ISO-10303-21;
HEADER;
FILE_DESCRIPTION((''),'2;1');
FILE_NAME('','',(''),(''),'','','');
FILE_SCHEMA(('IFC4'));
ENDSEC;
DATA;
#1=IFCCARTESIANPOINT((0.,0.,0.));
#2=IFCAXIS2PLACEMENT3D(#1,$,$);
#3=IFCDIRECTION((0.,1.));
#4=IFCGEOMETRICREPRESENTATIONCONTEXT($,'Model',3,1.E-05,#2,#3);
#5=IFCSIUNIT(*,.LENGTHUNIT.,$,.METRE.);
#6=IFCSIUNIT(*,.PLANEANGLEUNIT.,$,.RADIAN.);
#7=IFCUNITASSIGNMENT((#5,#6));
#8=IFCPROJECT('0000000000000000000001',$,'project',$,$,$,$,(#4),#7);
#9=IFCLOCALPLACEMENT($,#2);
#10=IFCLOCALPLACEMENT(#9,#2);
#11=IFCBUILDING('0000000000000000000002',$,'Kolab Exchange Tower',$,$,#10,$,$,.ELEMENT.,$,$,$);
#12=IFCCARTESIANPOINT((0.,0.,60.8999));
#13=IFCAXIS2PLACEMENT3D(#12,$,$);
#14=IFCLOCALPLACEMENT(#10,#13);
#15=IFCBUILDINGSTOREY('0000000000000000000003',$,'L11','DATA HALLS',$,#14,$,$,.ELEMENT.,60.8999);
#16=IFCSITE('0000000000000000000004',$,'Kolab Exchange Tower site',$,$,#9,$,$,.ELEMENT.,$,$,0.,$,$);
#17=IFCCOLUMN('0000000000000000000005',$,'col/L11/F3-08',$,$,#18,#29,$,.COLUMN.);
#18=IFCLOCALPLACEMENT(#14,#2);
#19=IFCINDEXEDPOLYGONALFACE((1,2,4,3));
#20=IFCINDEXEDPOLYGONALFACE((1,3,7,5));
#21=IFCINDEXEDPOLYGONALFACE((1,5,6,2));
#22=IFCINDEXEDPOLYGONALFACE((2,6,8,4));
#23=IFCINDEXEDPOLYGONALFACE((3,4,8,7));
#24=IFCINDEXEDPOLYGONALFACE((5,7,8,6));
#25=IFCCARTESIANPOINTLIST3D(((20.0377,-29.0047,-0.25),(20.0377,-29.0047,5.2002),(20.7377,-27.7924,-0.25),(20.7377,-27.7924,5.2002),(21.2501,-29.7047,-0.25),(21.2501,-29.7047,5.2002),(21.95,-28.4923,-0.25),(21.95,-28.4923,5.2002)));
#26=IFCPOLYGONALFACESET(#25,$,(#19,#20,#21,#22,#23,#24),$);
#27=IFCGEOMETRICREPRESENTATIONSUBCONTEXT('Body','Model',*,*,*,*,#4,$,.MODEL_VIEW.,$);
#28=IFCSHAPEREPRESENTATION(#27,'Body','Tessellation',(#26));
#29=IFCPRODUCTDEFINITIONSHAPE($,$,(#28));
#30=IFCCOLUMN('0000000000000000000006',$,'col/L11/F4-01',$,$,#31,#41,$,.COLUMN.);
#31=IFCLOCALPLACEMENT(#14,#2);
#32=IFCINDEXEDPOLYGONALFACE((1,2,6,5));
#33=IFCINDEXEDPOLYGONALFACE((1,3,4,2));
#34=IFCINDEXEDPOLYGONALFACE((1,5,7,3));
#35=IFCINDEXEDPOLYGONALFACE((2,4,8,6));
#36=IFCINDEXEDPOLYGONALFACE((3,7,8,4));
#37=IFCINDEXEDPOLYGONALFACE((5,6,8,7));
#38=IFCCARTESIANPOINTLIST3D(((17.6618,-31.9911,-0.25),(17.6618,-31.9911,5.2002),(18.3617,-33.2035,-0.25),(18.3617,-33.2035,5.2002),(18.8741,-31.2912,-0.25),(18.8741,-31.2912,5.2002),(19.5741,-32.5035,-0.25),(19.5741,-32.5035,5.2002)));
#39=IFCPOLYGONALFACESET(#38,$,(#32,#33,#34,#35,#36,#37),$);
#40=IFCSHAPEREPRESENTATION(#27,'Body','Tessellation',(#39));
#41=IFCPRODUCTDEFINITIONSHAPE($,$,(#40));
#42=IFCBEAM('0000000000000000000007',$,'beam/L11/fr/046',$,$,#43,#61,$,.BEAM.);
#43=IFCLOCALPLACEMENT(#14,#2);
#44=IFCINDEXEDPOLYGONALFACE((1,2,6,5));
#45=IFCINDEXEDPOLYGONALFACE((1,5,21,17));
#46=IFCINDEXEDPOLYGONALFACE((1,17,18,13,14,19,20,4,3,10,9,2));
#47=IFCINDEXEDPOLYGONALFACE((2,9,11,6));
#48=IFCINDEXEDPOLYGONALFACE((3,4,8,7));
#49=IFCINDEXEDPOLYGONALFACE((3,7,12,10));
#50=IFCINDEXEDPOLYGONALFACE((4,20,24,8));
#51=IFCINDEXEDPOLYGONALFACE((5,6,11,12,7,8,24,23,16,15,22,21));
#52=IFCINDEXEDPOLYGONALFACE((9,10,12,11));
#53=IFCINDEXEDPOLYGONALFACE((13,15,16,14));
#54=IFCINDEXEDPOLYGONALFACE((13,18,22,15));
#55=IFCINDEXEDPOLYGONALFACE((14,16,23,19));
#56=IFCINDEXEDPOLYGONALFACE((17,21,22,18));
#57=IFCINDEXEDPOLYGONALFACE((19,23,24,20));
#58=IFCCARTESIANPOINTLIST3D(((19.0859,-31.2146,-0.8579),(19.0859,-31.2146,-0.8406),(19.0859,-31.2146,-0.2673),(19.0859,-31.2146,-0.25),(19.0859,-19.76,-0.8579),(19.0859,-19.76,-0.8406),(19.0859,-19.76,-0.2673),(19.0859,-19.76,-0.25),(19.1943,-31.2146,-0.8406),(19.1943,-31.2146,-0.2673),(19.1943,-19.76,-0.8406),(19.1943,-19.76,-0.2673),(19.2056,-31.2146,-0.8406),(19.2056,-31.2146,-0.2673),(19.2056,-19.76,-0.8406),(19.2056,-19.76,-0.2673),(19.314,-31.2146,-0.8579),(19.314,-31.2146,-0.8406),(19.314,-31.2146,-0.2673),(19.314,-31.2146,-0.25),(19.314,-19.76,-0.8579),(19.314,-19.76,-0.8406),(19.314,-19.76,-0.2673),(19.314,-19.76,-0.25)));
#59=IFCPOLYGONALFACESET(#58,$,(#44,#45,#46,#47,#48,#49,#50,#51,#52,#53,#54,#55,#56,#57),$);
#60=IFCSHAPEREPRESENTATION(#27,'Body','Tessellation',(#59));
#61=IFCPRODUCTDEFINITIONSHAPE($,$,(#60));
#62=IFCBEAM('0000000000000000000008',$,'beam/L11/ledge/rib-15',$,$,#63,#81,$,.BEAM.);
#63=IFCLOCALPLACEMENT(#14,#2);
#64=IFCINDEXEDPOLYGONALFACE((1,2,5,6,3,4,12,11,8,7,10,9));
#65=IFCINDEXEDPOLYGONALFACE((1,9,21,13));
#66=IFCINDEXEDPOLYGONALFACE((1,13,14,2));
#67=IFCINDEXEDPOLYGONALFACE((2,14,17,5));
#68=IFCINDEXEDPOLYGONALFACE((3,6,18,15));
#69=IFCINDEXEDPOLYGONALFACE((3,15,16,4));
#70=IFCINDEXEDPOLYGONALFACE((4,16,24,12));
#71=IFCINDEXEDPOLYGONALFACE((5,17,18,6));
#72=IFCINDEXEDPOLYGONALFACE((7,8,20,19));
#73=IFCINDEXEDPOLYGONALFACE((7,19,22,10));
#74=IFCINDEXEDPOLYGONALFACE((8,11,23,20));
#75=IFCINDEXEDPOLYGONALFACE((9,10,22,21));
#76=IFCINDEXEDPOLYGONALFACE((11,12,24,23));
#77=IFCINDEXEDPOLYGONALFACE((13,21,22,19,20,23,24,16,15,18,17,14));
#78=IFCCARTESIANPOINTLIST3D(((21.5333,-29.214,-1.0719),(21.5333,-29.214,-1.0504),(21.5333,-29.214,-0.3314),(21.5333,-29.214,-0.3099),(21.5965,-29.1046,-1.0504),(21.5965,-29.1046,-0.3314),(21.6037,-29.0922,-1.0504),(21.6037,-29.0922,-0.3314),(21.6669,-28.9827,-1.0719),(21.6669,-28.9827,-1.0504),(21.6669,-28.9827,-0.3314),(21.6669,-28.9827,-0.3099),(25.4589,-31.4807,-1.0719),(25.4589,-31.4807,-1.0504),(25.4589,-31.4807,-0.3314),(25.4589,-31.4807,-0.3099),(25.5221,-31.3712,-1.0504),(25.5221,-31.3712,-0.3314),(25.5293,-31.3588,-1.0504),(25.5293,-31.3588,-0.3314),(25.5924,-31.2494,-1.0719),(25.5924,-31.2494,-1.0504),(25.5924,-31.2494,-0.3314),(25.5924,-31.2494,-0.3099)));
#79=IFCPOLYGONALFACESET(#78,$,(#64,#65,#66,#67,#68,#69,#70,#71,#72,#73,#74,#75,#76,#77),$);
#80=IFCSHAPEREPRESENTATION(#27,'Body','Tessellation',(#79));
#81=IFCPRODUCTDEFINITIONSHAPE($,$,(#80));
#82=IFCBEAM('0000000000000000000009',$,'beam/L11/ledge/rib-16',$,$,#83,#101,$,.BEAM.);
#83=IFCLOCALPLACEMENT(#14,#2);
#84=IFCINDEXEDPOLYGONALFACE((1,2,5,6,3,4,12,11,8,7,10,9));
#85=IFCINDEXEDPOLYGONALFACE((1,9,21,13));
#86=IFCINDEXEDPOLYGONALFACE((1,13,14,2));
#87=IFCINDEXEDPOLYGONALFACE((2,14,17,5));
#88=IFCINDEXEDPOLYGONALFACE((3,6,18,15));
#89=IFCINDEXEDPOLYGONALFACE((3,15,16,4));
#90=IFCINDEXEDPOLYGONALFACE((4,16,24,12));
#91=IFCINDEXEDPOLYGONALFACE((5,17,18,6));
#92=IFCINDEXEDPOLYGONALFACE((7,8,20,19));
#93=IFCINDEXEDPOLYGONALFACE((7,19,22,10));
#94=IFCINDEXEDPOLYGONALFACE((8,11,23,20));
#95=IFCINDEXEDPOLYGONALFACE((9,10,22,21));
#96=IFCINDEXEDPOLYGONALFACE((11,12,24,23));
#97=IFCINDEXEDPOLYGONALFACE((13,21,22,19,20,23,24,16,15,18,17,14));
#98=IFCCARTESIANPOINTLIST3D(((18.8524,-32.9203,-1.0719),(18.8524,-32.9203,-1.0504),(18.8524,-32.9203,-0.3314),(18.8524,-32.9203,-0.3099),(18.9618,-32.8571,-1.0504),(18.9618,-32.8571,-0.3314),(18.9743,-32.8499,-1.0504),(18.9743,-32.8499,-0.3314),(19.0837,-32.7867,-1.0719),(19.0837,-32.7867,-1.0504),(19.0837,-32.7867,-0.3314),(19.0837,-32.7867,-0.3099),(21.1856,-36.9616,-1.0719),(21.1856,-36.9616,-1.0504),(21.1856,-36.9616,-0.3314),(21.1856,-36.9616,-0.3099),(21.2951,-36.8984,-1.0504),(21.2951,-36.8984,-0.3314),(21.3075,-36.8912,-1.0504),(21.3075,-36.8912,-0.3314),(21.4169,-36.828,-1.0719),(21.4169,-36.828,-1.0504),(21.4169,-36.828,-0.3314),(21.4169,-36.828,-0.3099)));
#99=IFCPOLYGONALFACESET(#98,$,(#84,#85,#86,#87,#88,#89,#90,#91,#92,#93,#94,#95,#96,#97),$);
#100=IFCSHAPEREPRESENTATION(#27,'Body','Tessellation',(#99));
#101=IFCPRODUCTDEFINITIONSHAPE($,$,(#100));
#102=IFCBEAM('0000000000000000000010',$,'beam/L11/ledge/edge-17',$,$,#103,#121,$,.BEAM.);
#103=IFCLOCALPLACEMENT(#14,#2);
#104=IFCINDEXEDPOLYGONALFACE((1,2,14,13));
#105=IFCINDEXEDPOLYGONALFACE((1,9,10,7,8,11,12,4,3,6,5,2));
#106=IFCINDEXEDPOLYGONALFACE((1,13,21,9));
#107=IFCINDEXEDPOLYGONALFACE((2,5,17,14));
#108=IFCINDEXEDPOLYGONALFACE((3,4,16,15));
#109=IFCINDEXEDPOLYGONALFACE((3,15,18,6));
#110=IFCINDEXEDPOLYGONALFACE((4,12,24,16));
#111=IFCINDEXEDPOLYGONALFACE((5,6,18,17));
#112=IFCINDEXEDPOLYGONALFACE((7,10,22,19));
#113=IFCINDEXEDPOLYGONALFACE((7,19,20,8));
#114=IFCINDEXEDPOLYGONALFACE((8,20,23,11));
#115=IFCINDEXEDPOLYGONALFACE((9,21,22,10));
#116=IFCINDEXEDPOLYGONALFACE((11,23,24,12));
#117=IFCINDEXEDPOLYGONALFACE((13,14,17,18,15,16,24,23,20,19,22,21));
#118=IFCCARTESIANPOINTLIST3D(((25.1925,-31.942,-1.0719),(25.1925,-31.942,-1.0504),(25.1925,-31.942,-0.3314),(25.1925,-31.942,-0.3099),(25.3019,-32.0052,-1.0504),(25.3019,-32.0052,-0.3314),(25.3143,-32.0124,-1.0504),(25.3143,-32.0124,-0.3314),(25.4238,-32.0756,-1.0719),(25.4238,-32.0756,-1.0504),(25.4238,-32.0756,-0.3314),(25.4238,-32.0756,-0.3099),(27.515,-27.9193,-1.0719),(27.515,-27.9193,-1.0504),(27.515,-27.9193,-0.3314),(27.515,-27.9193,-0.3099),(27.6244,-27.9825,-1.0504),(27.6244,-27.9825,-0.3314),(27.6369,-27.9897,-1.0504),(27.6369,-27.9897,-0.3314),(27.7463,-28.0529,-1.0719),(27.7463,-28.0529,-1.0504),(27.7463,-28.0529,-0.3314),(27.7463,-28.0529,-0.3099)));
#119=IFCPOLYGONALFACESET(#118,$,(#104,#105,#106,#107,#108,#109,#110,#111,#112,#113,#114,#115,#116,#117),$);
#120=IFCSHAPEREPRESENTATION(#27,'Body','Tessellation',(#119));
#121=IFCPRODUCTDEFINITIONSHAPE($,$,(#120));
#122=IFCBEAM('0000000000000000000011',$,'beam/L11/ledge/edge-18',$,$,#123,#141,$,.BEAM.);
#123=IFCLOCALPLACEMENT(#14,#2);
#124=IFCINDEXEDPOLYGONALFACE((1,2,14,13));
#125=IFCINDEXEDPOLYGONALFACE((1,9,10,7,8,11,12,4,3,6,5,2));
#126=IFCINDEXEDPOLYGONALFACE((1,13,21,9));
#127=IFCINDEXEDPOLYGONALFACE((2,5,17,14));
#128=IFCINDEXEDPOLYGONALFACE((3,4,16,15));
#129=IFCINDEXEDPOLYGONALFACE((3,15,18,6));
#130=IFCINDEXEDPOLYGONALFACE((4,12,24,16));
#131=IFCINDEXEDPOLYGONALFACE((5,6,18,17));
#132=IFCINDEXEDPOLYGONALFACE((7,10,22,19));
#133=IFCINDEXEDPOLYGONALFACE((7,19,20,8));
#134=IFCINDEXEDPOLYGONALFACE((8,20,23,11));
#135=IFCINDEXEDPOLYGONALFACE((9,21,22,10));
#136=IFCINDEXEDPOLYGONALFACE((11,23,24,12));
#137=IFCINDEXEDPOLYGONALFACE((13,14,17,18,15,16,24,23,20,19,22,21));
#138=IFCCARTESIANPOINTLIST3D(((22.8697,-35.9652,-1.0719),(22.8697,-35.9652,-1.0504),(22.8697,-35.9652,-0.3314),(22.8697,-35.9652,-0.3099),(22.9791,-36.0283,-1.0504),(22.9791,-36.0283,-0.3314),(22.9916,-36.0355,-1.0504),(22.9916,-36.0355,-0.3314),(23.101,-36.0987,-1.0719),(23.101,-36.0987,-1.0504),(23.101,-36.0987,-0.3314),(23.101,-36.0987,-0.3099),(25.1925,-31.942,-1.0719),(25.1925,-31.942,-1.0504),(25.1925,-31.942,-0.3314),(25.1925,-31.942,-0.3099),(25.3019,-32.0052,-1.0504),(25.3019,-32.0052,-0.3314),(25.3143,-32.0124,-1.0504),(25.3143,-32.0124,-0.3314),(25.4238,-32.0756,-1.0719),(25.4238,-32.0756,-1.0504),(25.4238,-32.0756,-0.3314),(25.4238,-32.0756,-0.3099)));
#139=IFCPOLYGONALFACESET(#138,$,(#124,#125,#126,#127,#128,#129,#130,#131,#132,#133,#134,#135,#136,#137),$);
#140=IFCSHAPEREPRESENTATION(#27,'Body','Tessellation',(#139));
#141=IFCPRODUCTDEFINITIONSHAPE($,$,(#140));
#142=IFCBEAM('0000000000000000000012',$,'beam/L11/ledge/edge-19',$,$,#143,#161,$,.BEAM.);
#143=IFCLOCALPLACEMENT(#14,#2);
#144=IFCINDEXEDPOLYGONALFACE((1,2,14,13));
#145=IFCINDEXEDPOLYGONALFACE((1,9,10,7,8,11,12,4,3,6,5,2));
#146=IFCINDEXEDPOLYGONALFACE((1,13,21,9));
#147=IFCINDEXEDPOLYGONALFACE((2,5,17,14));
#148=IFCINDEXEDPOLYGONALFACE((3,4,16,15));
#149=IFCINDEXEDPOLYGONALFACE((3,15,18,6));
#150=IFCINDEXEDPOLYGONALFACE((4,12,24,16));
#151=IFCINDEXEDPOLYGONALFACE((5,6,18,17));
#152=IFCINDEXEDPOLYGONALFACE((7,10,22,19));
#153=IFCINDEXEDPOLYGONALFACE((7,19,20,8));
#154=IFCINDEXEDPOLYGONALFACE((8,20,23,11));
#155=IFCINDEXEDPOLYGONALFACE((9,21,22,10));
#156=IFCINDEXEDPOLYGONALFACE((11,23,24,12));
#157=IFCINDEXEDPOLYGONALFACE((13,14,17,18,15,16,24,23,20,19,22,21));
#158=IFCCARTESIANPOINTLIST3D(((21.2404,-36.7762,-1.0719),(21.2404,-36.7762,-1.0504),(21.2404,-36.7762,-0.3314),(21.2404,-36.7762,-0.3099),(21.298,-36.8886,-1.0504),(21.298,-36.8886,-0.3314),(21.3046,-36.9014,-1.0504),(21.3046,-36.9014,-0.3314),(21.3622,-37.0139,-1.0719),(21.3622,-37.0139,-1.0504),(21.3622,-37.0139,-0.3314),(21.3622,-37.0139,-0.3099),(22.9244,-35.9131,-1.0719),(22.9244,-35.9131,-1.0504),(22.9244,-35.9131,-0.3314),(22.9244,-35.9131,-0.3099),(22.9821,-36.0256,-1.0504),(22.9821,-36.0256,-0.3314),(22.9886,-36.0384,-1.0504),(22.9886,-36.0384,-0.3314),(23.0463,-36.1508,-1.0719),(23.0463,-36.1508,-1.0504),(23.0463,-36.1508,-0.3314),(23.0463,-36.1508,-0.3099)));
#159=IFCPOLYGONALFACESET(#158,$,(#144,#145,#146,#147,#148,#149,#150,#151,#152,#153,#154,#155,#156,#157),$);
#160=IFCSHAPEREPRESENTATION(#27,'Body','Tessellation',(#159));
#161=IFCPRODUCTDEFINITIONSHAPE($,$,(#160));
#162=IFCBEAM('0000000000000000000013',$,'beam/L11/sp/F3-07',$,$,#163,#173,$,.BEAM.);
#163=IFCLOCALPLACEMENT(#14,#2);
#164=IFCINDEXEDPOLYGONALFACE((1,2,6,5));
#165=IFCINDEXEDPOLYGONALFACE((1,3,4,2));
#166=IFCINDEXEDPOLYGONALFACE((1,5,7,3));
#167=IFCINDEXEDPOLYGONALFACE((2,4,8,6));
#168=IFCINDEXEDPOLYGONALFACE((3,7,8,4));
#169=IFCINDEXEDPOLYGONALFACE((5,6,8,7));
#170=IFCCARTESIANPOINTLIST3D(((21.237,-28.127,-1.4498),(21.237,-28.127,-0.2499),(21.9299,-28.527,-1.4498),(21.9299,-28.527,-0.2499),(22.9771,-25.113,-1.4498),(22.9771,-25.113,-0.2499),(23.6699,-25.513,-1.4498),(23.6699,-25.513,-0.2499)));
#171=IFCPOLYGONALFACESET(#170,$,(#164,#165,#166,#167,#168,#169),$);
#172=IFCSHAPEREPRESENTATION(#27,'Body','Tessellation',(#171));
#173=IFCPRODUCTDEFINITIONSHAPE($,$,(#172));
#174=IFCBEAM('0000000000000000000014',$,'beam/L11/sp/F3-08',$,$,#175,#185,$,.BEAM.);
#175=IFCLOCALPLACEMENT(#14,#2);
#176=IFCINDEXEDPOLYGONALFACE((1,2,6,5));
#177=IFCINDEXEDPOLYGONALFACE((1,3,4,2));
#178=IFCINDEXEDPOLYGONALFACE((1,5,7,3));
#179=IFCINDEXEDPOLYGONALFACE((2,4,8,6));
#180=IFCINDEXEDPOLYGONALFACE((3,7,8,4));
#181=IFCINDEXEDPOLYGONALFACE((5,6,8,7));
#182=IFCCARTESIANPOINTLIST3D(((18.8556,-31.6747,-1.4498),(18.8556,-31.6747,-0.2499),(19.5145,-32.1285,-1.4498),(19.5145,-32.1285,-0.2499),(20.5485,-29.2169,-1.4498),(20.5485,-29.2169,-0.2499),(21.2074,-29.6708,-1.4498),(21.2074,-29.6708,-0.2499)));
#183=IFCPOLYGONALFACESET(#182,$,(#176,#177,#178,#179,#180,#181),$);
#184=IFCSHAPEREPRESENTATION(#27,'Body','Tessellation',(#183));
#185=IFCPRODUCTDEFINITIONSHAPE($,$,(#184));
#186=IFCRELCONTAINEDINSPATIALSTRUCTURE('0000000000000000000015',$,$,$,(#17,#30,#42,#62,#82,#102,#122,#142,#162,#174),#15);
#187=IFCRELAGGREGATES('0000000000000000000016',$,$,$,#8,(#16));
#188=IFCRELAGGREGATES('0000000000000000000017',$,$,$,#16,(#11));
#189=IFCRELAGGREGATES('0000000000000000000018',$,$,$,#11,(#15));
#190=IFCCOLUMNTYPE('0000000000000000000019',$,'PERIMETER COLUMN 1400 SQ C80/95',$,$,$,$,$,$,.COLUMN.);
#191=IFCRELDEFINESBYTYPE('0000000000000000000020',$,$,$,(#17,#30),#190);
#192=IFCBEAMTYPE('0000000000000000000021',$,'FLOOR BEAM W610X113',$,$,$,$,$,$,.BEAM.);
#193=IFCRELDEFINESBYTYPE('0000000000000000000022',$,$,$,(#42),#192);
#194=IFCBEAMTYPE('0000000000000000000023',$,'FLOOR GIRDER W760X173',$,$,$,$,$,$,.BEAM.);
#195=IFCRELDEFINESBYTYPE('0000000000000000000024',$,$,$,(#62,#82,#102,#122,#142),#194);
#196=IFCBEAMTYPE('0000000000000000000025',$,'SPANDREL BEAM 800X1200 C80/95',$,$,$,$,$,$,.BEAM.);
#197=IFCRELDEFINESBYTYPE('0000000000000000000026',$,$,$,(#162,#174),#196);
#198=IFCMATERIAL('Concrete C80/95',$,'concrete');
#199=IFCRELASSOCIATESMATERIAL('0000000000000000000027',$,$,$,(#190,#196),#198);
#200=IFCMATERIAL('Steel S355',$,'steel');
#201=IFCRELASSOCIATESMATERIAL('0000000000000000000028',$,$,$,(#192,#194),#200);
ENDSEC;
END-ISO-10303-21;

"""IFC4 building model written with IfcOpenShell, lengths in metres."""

from ifc_helpers import new_model, si_unit, direction, frame, origin, origin_2d, place, context, subcontext, project, spatial, rectangle, i_section, extrude, material, material_profile, profile_set, type_object, element, save


model = new_model("IFC4")

# Units and contexts
model_context = context("Model", 3, precision=1e-05, world=origin(), true_north=direction((0.0, 1.0)))
body_context = subcontext(model_context, "Body", "Model", "MODEL_VIEW")
ifc_project = project(units=[si_unit("LENGTHUNIT", "METRE"), si_unit("PLANEANGLEUNIT", "RADIAN")], contexts=[model_context])

# Site, building, storey
site_placement = place(None, origin())
site = spatial("IfcSite", under=ifc_project, at=site_placement, Name="Kolab Exchange Tower site", CompositionType="ELEMENT", RefElevation=0.0)
building_placement = place(site_placement, origin())
building = spatial("IfcBuilding", under=site, at=building_placement, Name="Kolab Exchange Tower", CompositionType="ELEMENT")
storey_placement = place(building_placement, frame((0.0, 0.0, 60.8999)))
storey = spatial("IfcBuildingStorey", under=building, at=storey_placement, Name="L11", Description="DATA HALLS", CompositionType="ELEMENT", Elevation=60.8999)

# Columns
ifc_material_1 = material(Name="Concrete C80/95", Category="concrete")
ifc_material_profile_1 = material_profile(ifc_material_1, rectangle(XDim=1.3999, YDim=1.3999, at=origin_2d()), Name="RC1400")
ifc_profile_set_1 = profile_set([ifc_material_profile_1], Name="Concrete C80/95")
column_type = type_object("IfcColumnType", Name="PERIMETER COLUMN 1400 SQ C80/95", PredefinedType="COLUMN", material=ifc_profile_set_1)
for number, where, z_axis, x_axis, name in (
    (1, (20.9939, -28.7485, -0.25), (0.0, 0.0, 1.0), (0.5, 0.866025, 0.0), "col/L11/F3-08"),
    (2, (18.6179, -32.2473, -0.25), (0.0, 0.0, 1.0), (0.866025, 0.5, 0.0), "col/L11/F4-01"),
):
    element("IfcColumn", number, at=place(storey_placement, frame(where, z_axis=z_axis, x_axis=x_axis)), inside=storey, type_object=column_type, Name=name, PredefinedType="COLUMN", context=body_context, shape_type="SweptSolid", body=[
        extrude(rectangle(XDim=1.3999, YDim=1.3999, at=origin_2d()), origin(), (0.0, 0.0, 1.0), 5.4502),
    ])

# Beams
ifc_material_2 = material(Name="Steel S355", Category="steel")
ifc_material_profile_2 = material_profile(ifc_material_2, i_section(OverallWidth=0.228, OverallDepth=0.6079, WebThickness=0.0112, FlangeThickness=0.0173, at=origin_2d()), Name="W610X113")
ifc_profile_set_2 = profile_set([ifc_material_profile_2], Name="Steel S355")
beam_type_1 = type_object("IfcBeamType", Name="FLOOR BEAM W610X113", PredefinedType="BEAM", material=ifc_profile_set_2)
beam_1_placement = place(storey_placement, frame((19.2, -31.2146, -0.554), z_axis=(0.0, 1.0, 0.0), x_axis=(-1.0, 0.0, 0.0)))
element("IfcBeam", 3, at=beam_1_placement, inside=storey, type_object=beam_type_1, Name="beam/L11/fr/046", PredefinedType="BEAM", context=body_context, shape_type="SweptSolid", body=[
    extrude(i_section(OverallWidth=0.228, OverallDepth=0.6079, WebThickness=0.0112, FlangeThickness=0.0173, at=origin_2d()), origin(), (0.0, 0.0, 1.0), 11.4546),
])
ifc_material_profile_3 = material_profile(ifc_material_2, i_section(OverallWidth=0.2671, OverallDepth=0.762, WebThickness=0.0144, FlangeThickness=0.0215, at=origin_2d()), Name="W760X173")
ifc_profile_set_3 = profile_set([ifc_material_profile_3], Name="Steel S355")
beam_type_2 = type_object("IfcBeamType", Name="FLOOR GIRDER W760X173", PredefinedType="BEAM", material=ifc_profile_set_3)
beam_2_placement = place(storey_placement, frame((21.6001, -29.0984, -0.6909), z_axis=(0.866007, -0.500032, 0.0), x_axis=(0.500032, 0.866007, 0.0)))
element("IfcBeam", 4, at=beam_2_placement, inside=storey, type_object=beam_type_2, Name="beam/L11/ledge/rib-15", PredefinedType="BEAM", context=body_context, shape_type="SweptSolid", body=[
    extrude(i_section(OverallWidth=0.2671, OverallDepth=0.762, WebThickness=0.0144, FlangeThickness=0.0215, at=origin_2d()), origin(), (0.0, 0.0, 1.0), 4.533),
])
beam_3_placement = place(storey_placement, frame((18.968, -32.8535, -0.6909), z_axis=(0.500005, -0.866023, 0.0), x_axis=(0.866023, 0.500005, 0.0)))
element("IfcBeam", 5, at=beam_3_placement, inside=storey, type_object=beam_type_2, Name="beam/L11/ledge/rib-16", PredefinedType="BEAM", context=body_context, shape_type="SweptSolid", body=[
    extrude(i_section(OverallWidth=0.2671, OverallDepth=0.762, WebThickness=0.0144, FlangeThickness=0.0215, at=origin_2d()), origin(), (0.0, 0.0, 1.0), 4.6665),
])
beam_4_placement = place(storey_placement, frame((27.6306, -27.9861, -0.6909), z_axis=(-0.5, -0.866025, 0.0), x_axis=(0.866025, -0.5, 0.0)))
element("IfcBeam", 6, at=beam_4_placement, inside=storey, type_object=beam_type_2, Name="beam/L11/ledge/edge-17", PredefinedType="BEAM", context=body_context, shape_type="SweptSolid", body=[
    extrude(i_section(OverallWidth=0.2671, OverallDepth=0.762, WebThickness=0.0144, FlangeThickness=0.0215, at=origin_2d()), origin(), (0.0, 0.0, 1.0), 4.645),
])
beam_5_placement = place(storey_placement, frame((25.3081, -32.0088, -0.6909), z_axis=(-0.499994, -0.866029, 0.0), x_axis=(0.866029, -0.499994, 0.0)))
element("IfcBeam", 7, at=beam_5_placement, inside=storey, type_object=beam_type_2, Name="beam/L11/ledge/edge-18", PredefinedType="BEAM", context=body_context, shape_type="SweptSolid", body=[
    extrude(i_section(OverallWidth=0.2671, OverallDepth=0.762, WebThickness=0.0144, FlangeThickness=0.0215, at=origin_2d()), origin(), (0.0, 0.0, 1.0), 4.6455),
])
beam_6_placement = place(storey_placement, frame((22.9854, -36.032, -0.6909), z_axis=(-0.889945, -0.456068, 0.0), x_axis=(0.456068, -0.889945, 0.0)))
element("IfcBeam", 8, at=beam_6_placement, inside=storey, type_object=beam_type_2, Name="beam/L11/ledge/edge-19", PredefinedType="BEAM", context=body_context, shape_type="SweptSolid", body=[
    extrude(i_section(OverallWidth=0.2671, OverallDepth=0.762, WebThickness=0.0144, FlangeThickness=0.0215, at=origin_2d()), origin(), (0.0, 0.0, 1.0), 1.8923),
])
ifc_material_profile_4 = material_profile(ifc_material_1, rectangle(XDim=0.8, YDim=1.2, at=origin_2d()), Name="RC800X1200")
ifc_profile_set_4 = profile_set([ifc_material_profile_4], Name="Concrete C80/95")
beam_type_3 = type_object("IfcBeamType", Name="SPANDREL BEAM 800X1200 C80/95", PredefinedType="BEAM", material=ifc_profile_set_4)
beam_7_placement = place(storey_placement, frame((23.3235, -25.313, -0.8499), z_axis=(-0.49998, -0.866037, 0.0), x_axis=(0.866037, -0.49998, 0.0)))
element("IfcBeam", 9, at=beam_7_placement, inside=storey, type_object=beam_type_3, Name="beam/L11/sp/F3-07", PredefinedType="BEAM", context=body_context, shape_type="SweptSolid", body=[
    extrude(rectangle(XDim=0.8, YDim=1.2, at=origin_2d()), origin(), (0.0, 0.0, 1.0), 3.4802),
])
beam_8_placement = place(storey_placement, frame((20.8779, -29.4438, -0.8499), z_axis=(-0.567247, -0.823548, 0.0), x_axis=(0.823548, -0.567247, 0.0)))
element("IfcBeam", 10, at=beam_8_placement, inside=storey, type_object=beam_type_3, Name="beam/L11/sp/F3-08", PredefinedType="BEAM", context=body_context, shape_type="SweptSolid", body=[
    extrude(rectangle(XDim=0.8, YDim=1.2, at=origin_2d()), origin(), (0.0, 0.0, 1.0), 2.9844),
])

save(model, "model.ifc")
